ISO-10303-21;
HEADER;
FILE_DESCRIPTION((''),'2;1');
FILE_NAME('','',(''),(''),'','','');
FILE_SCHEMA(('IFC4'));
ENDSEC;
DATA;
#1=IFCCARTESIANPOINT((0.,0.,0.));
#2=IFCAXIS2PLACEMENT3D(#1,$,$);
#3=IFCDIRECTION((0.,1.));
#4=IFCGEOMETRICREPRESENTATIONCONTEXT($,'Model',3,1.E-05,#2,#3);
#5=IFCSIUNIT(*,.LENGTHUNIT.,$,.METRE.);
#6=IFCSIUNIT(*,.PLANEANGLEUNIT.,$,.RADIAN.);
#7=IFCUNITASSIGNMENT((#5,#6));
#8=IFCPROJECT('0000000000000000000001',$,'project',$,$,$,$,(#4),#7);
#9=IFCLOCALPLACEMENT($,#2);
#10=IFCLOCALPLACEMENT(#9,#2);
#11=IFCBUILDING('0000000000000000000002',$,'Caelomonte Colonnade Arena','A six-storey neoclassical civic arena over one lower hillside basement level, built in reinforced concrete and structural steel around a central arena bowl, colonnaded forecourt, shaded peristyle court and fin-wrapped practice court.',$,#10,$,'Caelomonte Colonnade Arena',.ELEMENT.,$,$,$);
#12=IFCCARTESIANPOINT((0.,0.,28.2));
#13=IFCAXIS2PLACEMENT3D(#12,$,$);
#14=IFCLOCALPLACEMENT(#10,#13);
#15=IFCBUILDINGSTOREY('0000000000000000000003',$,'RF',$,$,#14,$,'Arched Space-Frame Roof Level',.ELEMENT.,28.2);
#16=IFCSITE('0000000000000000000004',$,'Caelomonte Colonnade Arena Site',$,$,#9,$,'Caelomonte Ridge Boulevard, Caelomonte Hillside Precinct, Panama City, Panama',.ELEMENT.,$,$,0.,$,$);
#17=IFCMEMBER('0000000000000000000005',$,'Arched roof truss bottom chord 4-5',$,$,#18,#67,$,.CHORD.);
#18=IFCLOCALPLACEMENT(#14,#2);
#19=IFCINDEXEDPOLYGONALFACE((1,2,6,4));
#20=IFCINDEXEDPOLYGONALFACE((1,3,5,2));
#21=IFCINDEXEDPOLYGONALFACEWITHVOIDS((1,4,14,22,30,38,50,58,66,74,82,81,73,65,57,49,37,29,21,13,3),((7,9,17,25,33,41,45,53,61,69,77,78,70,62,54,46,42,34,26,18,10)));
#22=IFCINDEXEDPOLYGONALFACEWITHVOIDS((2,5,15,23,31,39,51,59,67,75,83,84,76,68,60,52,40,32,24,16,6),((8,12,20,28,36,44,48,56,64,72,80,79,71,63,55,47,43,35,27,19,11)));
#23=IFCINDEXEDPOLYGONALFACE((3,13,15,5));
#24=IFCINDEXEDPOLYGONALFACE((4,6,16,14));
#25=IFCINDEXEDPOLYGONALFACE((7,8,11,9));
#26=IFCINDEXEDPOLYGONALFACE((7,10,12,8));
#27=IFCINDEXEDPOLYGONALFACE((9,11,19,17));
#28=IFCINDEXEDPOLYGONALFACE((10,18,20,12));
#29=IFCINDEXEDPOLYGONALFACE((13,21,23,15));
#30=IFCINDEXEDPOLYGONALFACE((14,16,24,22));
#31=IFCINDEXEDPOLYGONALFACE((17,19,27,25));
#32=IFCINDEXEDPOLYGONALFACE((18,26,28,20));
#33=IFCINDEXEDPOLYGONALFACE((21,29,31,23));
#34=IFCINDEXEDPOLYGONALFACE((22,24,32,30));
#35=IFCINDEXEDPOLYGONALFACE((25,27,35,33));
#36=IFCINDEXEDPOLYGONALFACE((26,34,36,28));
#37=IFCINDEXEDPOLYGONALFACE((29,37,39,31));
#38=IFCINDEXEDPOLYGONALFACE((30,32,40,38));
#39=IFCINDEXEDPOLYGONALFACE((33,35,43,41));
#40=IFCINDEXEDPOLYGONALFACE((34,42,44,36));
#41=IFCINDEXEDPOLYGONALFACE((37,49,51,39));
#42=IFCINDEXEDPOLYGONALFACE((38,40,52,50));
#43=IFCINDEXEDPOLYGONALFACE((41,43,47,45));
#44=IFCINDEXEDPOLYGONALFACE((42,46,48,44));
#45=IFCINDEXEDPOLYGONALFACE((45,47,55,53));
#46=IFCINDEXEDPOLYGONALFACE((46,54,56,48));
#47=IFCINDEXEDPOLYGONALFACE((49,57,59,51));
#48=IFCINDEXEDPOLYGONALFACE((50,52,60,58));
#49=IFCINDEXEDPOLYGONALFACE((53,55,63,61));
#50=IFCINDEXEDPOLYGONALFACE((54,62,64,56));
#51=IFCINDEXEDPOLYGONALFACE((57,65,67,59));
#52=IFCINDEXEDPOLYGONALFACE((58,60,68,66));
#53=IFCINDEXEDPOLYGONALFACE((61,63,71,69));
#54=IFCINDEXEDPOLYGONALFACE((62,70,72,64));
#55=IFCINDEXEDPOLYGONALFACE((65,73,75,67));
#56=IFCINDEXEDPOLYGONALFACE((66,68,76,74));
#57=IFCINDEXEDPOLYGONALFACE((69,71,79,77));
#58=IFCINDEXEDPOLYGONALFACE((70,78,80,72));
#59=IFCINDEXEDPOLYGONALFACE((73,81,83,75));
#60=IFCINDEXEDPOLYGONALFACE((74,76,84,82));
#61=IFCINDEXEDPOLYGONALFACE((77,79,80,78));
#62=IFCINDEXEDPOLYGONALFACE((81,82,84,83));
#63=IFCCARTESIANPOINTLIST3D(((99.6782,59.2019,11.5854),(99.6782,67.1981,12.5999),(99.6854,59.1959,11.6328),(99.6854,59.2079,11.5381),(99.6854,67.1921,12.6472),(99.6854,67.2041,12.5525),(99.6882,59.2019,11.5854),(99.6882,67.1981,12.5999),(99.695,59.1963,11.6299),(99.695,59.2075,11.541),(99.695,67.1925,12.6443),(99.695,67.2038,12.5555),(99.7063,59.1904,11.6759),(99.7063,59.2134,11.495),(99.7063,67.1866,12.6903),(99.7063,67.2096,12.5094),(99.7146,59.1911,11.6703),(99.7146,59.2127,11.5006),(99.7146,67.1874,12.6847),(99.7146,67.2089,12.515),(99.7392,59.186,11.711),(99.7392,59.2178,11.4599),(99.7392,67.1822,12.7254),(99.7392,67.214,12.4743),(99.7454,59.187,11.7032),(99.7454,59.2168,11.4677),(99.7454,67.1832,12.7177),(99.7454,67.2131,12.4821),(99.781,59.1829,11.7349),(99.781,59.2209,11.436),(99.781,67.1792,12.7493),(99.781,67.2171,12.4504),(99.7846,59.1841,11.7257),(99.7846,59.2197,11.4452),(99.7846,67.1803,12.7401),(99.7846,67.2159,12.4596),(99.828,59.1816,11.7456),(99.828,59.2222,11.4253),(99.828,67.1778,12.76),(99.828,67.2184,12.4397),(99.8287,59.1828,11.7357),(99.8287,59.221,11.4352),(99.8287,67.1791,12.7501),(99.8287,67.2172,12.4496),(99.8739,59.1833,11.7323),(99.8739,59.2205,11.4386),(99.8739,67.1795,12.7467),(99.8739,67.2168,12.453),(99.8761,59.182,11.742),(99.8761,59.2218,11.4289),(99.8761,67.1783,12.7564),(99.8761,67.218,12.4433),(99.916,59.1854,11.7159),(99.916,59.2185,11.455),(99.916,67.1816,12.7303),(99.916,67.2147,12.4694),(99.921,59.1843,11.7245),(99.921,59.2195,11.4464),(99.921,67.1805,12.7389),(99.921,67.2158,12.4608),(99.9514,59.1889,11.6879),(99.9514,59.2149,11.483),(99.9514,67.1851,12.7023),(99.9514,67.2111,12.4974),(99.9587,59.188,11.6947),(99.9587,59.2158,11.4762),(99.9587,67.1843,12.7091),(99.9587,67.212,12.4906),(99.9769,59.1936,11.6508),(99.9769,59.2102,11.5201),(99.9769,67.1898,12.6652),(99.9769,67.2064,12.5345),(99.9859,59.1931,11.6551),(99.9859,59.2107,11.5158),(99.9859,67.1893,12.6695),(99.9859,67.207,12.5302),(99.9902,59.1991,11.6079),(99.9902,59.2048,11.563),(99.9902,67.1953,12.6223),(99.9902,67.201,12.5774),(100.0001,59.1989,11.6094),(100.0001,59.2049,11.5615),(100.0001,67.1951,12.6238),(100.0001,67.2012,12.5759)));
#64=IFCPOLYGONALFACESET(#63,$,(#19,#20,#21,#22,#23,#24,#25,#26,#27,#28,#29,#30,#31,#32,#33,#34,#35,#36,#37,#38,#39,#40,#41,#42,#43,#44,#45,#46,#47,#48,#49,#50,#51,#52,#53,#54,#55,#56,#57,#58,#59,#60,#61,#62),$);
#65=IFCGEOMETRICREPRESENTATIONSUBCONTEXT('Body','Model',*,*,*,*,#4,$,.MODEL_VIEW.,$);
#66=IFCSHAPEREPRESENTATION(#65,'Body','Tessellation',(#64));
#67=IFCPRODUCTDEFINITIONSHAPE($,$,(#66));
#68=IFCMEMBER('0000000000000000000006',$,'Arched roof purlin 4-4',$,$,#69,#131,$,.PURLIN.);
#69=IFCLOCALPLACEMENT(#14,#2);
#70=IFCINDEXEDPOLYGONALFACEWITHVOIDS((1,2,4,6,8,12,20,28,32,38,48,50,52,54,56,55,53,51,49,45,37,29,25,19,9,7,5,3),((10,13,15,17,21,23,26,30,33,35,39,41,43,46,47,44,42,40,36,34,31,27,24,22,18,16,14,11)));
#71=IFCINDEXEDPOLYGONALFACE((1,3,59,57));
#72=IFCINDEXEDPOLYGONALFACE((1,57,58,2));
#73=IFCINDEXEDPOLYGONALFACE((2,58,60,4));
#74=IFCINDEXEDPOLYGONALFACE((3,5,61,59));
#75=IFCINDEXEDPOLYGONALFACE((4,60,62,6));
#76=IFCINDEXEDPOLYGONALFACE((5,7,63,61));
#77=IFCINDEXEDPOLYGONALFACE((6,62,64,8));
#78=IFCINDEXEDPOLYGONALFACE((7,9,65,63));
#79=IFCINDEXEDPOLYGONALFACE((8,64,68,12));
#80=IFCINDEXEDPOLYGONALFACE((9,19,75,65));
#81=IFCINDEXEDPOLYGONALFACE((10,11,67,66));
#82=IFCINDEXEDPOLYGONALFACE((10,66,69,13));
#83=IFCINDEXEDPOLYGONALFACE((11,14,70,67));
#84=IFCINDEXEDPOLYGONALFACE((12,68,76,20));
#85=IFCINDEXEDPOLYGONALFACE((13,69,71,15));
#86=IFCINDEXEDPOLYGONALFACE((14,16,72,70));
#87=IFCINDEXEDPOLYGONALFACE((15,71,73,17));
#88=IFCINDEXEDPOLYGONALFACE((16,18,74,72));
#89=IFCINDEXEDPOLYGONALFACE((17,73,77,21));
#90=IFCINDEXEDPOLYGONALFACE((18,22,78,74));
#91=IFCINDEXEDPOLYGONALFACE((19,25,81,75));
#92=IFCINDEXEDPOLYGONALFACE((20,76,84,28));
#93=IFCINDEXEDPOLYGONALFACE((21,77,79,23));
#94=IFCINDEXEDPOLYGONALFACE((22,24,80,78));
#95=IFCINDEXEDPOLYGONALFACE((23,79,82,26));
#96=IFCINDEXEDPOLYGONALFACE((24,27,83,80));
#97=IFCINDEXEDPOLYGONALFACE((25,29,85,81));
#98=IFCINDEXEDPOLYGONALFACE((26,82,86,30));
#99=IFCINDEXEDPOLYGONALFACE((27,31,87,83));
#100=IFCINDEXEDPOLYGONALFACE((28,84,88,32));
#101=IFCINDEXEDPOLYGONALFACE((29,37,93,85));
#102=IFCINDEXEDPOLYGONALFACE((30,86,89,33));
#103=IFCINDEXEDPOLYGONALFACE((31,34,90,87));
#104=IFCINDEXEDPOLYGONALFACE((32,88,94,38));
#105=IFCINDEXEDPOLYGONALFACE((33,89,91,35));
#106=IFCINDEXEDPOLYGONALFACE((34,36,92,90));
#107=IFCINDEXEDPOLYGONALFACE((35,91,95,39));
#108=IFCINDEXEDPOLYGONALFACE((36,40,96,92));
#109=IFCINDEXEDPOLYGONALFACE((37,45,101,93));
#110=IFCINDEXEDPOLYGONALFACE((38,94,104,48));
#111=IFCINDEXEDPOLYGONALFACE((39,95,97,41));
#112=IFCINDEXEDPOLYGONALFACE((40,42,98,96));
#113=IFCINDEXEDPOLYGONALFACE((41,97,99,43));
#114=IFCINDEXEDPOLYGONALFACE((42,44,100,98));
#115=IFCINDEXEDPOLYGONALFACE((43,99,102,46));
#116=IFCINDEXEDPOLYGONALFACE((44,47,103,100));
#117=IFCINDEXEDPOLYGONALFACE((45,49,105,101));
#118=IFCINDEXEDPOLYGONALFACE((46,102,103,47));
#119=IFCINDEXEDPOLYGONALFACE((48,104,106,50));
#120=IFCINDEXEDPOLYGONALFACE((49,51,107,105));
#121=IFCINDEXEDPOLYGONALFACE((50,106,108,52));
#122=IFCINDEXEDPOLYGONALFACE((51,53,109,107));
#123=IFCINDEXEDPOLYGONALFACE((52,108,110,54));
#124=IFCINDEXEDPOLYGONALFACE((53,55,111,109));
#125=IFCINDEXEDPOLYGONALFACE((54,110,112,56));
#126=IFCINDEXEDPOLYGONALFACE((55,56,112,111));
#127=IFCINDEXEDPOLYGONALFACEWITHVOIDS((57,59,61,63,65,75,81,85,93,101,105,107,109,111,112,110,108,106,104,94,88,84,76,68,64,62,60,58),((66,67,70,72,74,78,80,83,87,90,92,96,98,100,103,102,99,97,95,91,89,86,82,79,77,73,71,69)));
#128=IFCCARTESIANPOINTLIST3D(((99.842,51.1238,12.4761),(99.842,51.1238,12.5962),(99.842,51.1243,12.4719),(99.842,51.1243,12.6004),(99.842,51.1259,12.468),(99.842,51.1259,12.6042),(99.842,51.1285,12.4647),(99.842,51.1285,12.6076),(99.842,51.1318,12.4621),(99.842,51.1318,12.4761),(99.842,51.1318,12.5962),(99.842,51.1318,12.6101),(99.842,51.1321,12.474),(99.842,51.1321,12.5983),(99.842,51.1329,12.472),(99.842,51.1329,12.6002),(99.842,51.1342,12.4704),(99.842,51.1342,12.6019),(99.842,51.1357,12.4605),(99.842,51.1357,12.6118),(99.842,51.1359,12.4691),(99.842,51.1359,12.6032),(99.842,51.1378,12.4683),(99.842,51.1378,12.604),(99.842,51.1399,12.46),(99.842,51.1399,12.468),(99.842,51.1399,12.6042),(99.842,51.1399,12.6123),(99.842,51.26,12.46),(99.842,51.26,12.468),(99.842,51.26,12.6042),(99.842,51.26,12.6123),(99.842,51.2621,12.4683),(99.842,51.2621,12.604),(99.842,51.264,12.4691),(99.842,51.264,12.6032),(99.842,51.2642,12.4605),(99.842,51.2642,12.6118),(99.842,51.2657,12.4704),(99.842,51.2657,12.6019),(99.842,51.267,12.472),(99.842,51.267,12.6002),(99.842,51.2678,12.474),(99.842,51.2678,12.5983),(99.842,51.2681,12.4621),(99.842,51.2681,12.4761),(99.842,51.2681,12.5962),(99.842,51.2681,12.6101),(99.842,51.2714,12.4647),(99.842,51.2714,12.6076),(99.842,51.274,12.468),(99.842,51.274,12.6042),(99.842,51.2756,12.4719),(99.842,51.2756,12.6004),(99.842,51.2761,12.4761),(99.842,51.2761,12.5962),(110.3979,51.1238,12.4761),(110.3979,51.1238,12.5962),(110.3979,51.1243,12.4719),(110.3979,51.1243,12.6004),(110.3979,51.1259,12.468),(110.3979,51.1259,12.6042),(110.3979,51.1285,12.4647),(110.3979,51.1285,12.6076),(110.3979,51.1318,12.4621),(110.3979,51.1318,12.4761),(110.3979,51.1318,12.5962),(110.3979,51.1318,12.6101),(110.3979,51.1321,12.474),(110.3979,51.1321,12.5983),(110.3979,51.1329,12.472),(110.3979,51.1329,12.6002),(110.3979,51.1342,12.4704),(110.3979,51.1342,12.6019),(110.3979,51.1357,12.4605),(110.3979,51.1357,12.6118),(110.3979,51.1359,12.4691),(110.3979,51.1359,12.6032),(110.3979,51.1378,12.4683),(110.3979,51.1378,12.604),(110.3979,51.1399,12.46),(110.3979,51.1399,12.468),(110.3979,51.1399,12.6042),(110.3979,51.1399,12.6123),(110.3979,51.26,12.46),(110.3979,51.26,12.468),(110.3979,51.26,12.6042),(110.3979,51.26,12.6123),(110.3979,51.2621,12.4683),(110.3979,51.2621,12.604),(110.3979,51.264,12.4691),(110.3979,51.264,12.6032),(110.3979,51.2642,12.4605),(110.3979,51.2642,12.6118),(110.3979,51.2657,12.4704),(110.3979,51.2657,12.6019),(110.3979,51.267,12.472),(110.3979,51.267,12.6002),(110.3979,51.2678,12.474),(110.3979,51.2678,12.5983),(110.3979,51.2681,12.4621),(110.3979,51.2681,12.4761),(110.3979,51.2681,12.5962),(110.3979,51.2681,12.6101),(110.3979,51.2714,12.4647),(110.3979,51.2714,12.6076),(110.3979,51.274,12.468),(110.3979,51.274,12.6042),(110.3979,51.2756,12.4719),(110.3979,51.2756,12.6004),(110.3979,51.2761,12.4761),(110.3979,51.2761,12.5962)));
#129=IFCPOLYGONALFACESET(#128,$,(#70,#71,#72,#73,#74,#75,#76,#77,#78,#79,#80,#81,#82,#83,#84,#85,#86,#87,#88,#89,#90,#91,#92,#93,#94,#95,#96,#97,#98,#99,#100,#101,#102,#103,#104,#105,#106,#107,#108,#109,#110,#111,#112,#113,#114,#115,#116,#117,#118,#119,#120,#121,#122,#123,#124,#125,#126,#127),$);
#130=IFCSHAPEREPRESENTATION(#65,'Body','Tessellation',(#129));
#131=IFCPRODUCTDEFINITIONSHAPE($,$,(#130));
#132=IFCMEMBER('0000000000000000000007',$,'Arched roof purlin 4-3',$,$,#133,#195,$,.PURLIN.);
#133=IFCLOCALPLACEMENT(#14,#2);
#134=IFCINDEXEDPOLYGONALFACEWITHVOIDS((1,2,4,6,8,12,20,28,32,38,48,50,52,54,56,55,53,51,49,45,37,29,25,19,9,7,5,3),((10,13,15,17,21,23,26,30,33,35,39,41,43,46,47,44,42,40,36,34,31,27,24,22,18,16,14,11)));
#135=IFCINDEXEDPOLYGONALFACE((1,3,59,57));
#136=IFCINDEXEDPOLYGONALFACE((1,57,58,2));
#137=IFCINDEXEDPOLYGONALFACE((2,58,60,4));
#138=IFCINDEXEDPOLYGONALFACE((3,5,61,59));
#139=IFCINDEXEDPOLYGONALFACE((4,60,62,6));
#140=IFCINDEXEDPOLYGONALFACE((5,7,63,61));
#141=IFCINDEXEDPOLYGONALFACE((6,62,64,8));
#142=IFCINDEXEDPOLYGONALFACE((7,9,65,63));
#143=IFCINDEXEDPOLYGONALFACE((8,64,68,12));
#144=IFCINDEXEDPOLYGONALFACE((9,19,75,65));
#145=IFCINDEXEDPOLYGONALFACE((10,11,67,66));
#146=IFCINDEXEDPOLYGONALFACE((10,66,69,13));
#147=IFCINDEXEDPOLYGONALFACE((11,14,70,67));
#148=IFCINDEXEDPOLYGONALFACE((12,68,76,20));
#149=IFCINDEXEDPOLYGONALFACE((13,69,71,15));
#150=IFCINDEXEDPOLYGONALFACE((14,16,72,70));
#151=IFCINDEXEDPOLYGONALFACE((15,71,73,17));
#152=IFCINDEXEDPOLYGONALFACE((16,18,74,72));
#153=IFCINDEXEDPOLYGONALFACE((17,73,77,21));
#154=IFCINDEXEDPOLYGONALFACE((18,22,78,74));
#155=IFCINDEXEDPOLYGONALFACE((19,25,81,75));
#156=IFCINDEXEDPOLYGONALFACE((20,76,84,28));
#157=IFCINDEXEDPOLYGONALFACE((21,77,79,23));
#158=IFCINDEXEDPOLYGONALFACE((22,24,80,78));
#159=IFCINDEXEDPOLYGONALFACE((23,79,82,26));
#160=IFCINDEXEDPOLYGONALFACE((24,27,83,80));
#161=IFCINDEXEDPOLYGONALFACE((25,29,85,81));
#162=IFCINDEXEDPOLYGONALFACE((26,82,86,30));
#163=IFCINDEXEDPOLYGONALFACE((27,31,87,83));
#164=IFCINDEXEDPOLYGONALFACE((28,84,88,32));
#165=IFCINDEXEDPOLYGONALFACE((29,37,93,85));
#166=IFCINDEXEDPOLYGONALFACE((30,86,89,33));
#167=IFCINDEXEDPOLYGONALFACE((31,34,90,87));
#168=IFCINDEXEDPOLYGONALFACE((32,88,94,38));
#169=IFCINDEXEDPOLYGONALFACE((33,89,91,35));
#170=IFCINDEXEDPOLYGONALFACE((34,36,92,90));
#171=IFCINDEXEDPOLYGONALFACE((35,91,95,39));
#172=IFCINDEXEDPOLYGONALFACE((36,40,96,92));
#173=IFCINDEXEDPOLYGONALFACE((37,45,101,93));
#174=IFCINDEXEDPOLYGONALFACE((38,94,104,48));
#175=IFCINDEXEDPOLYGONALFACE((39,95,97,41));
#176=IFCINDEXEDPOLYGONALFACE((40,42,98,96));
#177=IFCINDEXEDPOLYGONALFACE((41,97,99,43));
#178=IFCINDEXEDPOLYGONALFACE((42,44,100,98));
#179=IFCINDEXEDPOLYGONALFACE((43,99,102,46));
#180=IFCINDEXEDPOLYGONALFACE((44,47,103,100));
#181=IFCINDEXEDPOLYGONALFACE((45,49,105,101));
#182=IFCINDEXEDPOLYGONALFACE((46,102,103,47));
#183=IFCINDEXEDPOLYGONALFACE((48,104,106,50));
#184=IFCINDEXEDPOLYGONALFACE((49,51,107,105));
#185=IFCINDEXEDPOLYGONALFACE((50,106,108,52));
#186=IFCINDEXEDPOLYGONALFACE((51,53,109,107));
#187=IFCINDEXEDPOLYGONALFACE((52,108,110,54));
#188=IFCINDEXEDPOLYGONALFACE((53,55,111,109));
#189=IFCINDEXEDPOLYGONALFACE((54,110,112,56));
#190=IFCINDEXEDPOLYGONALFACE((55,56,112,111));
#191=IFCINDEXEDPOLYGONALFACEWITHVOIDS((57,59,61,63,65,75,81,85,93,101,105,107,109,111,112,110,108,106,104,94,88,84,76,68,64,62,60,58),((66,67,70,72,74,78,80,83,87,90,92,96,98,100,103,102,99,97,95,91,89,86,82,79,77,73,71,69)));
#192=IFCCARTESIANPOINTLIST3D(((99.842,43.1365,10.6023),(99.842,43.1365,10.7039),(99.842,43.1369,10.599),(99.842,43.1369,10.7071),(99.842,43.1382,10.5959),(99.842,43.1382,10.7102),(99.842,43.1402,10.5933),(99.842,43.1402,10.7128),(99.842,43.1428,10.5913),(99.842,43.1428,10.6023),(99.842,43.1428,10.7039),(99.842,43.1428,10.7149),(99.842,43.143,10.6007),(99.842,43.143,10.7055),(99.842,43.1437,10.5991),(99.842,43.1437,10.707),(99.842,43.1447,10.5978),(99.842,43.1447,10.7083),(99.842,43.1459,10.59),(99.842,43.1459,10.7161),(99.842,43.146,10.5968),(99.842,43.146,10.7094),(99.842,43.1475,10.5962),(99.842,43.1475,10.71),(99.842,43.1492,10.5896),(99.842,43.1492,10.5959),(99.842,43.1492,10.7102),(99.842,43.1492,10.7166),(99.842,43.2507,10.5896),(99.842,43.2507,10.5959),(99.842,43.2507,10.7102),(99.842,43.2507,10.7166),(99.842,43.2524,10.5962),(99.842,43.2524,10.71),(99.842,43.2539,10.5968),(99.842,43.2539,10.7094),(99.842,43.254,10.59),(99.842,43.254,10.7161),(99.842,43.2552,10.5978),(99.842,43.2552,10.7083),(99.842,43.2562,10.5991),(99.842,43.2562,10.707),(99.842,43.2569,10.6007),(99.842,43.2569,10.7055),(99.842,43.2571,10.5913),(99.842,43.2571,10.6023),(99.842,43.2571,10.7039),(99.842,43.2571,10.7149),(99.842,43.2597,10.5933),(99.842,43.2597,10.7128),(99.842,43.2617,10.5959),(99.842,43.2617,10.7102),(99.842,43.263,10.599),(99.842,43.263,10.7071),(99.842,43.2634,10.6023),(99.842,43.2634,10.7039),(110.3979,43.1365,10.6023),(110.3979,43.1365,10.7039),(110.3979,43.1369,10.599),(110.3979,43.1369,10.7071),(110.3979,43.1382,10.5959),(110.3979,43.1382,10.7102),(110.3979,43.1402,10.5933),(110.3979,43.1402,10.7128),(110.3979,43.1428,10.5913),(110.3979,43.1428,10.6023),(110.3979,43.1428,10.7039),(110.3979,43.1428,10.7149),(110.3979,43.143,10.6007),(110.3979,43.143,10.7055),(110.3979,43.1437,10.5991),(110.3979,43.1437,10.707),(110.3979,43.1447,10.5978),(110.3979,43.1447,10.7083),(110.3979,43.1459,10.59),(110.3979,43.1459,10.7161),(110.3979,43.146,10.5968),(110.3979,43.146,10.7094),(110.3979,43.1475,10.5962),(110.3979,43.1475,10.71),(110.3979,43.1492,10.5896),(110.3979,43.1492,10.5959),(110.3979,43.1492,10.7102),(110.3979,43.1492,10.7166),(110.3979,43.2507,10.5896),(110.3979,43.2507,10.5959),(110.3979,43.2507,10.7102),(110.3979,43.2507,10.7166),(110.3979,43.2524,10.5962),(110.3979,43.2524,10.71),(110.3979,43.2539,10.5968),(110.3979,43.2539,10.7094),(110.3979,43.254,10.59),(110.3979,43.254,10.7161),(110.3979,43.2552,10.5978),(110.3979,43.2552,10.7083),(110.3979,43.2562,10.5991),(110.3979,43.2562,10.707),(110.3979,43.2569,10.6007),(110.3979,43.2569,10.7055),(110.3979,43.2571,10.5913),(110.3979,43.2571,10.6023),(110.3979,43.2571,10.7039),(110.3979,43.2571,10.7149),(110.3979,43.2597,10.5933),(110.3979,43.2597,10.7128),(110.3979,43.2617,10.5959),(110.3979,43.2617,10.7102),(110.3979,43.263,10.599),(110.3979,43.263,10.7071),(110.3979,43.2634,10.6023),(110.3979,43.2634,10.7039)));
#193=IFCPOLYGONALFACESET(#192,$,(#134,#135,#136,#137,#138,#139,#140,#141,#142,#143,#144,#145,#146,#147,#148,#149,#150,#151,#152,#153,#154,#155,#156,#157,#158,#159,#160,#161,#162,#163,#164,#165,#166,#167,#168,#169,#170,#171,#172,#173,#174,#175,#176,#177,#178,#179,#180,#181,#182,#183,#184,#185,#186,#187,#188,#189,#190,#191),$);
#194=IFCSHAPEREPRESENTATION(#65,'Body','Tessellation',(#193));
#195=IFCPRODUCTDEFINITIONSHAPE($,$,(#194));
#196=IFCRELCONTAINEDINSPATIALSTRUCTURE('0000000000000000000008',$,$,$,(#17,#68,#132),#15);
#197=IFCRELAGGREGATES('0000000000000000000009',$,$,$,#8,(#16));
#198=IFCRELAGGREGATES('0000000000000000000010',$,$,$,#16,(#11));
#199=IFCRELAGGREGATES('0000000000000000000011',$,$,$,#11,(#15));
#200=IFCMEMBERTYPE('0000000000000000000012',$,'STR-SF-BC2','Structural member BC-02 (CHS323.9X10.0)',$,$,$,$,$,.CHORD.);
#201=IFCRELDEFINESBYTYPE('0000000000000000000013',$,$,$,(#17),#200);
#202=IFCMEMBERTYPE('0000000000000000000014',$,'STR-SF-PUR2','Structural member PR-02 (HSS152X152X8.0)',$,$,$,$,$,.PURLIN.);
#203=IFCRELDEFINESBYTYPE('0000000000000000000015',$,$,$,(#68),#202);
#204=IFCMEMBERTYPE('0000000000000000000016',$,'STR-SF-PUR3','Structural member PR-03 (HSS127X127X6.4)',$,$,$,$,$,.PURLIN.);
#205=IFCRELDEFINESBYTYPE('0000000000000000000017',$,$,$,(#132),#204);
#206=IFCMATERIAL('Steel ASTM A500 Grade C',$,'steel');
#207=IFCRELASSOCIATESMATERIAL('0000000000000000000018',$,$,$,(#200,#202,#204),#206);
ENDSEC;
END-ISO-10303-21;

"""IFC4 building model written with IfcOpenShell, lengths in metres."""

from ifc_helpers import new_model, si_unit, direction, frame, origin, origin_2d, place, context, subcontext, project, spatial, hollow_rectangle, hollow_circle, extrude, material, material_profile, profile_set, type_object, element, save


model = new_model("IFC4")

# Units and contexts
model_context = context("Model", 3, precision=1e-05, world=origin(), true_north=direction((0.0, 1.0)))
body_context = subcontext(model_context, "Body", "Model", "MODEL_VIEW")
ifc_project = project(units=[si_unit("LENGTHUNIT", "METRE"), si_unit("PLANEANGLEUNIT", "RADIAN")], contexts=[model_context])

# Site, building, storey
site_placement = place(None, origin())
site = spatial("IfcSite", under=ifc_project, at=site_placement, Name="Caelomonte Colonnade Arena Site", LongName="Caelomonte Ridge Boulevard, Caelomonte Hillside Precinct, Panama City, Panama", CompositionType="ELEMENT", RefElevation=0.0)
building_placement = place(site_placement, origin())
building = spatial("IfcBuilding", under=site, at=building_placement, Name="Caelomonte Colonnade Arena", Description="A six-storey neoclassical civic arena over one lower hillside basement level, built in reinforced concrete and structural steel around a central arena bowl, colonnaded forecourt, shaded peristyle court and fin-wrapped practice court.", LongName="Caelomonte Colonnade Arena", CompositionType="ELEMENT")
storey_placement = place(building_placement, frame((0.0, 0.0, 28.2)))
storey = spatial("IfcBuildingStorey", under=building, at=storey_placement, Name="RF", LongName="Arched Space-Frame Roof Level", CompositionType="ELEMENT", Elevation=28.2)

# Members
ifc_material_1 = material(Name="Steel ASTM A500 Grade C", Category="steel")
ifc_material_profile_1 = material_profile(ifc_material_1, hollow_circle(Radius=0.1619, WallThickness=0.01, at=origin_2d()), Name="CHS323.9X10.0")
ifc_profile_set_1 = profile_set([ifc_material_profile_1], Name="Steel ASTM A500 Grade C")
member_type_1 = type_object("IfcMemberType", Name="STR-SF-BC2", Description="Structural member BC-02 (CHS323.9X10.0)", PredefinedType="CHORD", material=ifc_profile_set_1)
member_1_placement = place(storey_placement, frame((99.8401, 59.2019, 11.5854), z_axis=(0.0, 0.992049, 0.125854), x_axis=(-1.0, 0.0, 0.0)))
element("IfcMember", 1, at=member_1_placement, inside=storey, type_object=member_type_1, Name="Arched roof truss bottom chord 4-5", PredefinedType="CHORD", context=body_context, shape_type="SweptSolid", body=[
    extrude(hollow_circle(Radius=0.1619, WallThickness=0.01, at=origin_2d()), origin(), (0.0, 0.0, 1.0), 8.0603),
])
ifc_material_profile_2 = material_profile(ifc_material_1, hollow_rectangle(XDim=0.1523, YDim=0.1523, WallThickness=0.0081, InnerFilletRadius=0.0081, OuterFilletRadius=0.0161, at=origin_2d()), Name="HSS152X152X8.0")
ifc_profile_set_2 = profile_set([ifc_material_profile_2], Name="Steel ASTM A500 Grade C")
member_type_2 = type_object("IfcMemberType", Name="STR-SF-PUR2", Description="Structural member PR-02 (HSS152X152X8.0)", PredefinedType="PURLIN", material=ifc_profile_set_2)
member_2_placement = place(storey_placement, frame((99.842, 51.2, 12.5361), z_axis=(1.0, 0.0, 0.0), x_axis=(0.0, 1.0, 0.0)))
element("IfcMember", 2, at=member_2_placement, inside=storey, type_object=member_type_2, Name="Arched roof purlin 4-4", PredefinedType="PURLIN", context=body_context, shape_type="SweptSolid", body=[
    extrude(hollow_rectangle(XDim=0.1523, YDim=0.1523, WallThickness=0.0081, InnerFilletRadius=0.0081, OuterFilletRadius=0.0161, at=origin_2d()), origin(), (0.0, 0.0, 1.0), 10.5559),
])
ifc_material_profile_3 = material_profile(ifc_material_1, hollow_rectangle(XDim=0.127, YDim=0.127, WallThickness=0.0063, InnerFilletRadius=0.0063, OuterFilletRadius=0.0127, at=origin_2d()), Name="HSS127X127X6.4")
ifc_profile_set_3 = profile_set([ifc_material_profile_3], Name="Steel ASTM A500 Grade C")
member_type_3 = type_object("IfcMemberType", Name="STR-SF-PUR3", Description="Structural member PR-03 (HSS127X127X6.4)", PredefinedType="PURLIN", material=ifc_profile_set_3)
for number, where, z_axis, x_axis, name in (
    (3, (99.842, 43.2, 10.6531), (1.0, 0.0, 0.0), (0.0, 1.0, 0.0), "Arched roof purlin 4-3"),
):
    element("IfcMember", number, at=place(storey_placement, frame(where, z_axis=z_axis, x_axis=x_axis)), inside=storey, type_object=member_type_3, Name=name, PredefinedType="PURLIN", context=body_context, shape_type="SweptSolid", body=[
        extrude(hollow_rectangle(XDim=0.127, YDim=0.127, WallThickness=0.0063, InnerFilletRadius=0.0063, OuterFilletRadius=0.0127, at=origin_2d()), origin(), (0.0, 0.0, 1.0), 10.5559),
    ])

save(model, "model.ifc")
